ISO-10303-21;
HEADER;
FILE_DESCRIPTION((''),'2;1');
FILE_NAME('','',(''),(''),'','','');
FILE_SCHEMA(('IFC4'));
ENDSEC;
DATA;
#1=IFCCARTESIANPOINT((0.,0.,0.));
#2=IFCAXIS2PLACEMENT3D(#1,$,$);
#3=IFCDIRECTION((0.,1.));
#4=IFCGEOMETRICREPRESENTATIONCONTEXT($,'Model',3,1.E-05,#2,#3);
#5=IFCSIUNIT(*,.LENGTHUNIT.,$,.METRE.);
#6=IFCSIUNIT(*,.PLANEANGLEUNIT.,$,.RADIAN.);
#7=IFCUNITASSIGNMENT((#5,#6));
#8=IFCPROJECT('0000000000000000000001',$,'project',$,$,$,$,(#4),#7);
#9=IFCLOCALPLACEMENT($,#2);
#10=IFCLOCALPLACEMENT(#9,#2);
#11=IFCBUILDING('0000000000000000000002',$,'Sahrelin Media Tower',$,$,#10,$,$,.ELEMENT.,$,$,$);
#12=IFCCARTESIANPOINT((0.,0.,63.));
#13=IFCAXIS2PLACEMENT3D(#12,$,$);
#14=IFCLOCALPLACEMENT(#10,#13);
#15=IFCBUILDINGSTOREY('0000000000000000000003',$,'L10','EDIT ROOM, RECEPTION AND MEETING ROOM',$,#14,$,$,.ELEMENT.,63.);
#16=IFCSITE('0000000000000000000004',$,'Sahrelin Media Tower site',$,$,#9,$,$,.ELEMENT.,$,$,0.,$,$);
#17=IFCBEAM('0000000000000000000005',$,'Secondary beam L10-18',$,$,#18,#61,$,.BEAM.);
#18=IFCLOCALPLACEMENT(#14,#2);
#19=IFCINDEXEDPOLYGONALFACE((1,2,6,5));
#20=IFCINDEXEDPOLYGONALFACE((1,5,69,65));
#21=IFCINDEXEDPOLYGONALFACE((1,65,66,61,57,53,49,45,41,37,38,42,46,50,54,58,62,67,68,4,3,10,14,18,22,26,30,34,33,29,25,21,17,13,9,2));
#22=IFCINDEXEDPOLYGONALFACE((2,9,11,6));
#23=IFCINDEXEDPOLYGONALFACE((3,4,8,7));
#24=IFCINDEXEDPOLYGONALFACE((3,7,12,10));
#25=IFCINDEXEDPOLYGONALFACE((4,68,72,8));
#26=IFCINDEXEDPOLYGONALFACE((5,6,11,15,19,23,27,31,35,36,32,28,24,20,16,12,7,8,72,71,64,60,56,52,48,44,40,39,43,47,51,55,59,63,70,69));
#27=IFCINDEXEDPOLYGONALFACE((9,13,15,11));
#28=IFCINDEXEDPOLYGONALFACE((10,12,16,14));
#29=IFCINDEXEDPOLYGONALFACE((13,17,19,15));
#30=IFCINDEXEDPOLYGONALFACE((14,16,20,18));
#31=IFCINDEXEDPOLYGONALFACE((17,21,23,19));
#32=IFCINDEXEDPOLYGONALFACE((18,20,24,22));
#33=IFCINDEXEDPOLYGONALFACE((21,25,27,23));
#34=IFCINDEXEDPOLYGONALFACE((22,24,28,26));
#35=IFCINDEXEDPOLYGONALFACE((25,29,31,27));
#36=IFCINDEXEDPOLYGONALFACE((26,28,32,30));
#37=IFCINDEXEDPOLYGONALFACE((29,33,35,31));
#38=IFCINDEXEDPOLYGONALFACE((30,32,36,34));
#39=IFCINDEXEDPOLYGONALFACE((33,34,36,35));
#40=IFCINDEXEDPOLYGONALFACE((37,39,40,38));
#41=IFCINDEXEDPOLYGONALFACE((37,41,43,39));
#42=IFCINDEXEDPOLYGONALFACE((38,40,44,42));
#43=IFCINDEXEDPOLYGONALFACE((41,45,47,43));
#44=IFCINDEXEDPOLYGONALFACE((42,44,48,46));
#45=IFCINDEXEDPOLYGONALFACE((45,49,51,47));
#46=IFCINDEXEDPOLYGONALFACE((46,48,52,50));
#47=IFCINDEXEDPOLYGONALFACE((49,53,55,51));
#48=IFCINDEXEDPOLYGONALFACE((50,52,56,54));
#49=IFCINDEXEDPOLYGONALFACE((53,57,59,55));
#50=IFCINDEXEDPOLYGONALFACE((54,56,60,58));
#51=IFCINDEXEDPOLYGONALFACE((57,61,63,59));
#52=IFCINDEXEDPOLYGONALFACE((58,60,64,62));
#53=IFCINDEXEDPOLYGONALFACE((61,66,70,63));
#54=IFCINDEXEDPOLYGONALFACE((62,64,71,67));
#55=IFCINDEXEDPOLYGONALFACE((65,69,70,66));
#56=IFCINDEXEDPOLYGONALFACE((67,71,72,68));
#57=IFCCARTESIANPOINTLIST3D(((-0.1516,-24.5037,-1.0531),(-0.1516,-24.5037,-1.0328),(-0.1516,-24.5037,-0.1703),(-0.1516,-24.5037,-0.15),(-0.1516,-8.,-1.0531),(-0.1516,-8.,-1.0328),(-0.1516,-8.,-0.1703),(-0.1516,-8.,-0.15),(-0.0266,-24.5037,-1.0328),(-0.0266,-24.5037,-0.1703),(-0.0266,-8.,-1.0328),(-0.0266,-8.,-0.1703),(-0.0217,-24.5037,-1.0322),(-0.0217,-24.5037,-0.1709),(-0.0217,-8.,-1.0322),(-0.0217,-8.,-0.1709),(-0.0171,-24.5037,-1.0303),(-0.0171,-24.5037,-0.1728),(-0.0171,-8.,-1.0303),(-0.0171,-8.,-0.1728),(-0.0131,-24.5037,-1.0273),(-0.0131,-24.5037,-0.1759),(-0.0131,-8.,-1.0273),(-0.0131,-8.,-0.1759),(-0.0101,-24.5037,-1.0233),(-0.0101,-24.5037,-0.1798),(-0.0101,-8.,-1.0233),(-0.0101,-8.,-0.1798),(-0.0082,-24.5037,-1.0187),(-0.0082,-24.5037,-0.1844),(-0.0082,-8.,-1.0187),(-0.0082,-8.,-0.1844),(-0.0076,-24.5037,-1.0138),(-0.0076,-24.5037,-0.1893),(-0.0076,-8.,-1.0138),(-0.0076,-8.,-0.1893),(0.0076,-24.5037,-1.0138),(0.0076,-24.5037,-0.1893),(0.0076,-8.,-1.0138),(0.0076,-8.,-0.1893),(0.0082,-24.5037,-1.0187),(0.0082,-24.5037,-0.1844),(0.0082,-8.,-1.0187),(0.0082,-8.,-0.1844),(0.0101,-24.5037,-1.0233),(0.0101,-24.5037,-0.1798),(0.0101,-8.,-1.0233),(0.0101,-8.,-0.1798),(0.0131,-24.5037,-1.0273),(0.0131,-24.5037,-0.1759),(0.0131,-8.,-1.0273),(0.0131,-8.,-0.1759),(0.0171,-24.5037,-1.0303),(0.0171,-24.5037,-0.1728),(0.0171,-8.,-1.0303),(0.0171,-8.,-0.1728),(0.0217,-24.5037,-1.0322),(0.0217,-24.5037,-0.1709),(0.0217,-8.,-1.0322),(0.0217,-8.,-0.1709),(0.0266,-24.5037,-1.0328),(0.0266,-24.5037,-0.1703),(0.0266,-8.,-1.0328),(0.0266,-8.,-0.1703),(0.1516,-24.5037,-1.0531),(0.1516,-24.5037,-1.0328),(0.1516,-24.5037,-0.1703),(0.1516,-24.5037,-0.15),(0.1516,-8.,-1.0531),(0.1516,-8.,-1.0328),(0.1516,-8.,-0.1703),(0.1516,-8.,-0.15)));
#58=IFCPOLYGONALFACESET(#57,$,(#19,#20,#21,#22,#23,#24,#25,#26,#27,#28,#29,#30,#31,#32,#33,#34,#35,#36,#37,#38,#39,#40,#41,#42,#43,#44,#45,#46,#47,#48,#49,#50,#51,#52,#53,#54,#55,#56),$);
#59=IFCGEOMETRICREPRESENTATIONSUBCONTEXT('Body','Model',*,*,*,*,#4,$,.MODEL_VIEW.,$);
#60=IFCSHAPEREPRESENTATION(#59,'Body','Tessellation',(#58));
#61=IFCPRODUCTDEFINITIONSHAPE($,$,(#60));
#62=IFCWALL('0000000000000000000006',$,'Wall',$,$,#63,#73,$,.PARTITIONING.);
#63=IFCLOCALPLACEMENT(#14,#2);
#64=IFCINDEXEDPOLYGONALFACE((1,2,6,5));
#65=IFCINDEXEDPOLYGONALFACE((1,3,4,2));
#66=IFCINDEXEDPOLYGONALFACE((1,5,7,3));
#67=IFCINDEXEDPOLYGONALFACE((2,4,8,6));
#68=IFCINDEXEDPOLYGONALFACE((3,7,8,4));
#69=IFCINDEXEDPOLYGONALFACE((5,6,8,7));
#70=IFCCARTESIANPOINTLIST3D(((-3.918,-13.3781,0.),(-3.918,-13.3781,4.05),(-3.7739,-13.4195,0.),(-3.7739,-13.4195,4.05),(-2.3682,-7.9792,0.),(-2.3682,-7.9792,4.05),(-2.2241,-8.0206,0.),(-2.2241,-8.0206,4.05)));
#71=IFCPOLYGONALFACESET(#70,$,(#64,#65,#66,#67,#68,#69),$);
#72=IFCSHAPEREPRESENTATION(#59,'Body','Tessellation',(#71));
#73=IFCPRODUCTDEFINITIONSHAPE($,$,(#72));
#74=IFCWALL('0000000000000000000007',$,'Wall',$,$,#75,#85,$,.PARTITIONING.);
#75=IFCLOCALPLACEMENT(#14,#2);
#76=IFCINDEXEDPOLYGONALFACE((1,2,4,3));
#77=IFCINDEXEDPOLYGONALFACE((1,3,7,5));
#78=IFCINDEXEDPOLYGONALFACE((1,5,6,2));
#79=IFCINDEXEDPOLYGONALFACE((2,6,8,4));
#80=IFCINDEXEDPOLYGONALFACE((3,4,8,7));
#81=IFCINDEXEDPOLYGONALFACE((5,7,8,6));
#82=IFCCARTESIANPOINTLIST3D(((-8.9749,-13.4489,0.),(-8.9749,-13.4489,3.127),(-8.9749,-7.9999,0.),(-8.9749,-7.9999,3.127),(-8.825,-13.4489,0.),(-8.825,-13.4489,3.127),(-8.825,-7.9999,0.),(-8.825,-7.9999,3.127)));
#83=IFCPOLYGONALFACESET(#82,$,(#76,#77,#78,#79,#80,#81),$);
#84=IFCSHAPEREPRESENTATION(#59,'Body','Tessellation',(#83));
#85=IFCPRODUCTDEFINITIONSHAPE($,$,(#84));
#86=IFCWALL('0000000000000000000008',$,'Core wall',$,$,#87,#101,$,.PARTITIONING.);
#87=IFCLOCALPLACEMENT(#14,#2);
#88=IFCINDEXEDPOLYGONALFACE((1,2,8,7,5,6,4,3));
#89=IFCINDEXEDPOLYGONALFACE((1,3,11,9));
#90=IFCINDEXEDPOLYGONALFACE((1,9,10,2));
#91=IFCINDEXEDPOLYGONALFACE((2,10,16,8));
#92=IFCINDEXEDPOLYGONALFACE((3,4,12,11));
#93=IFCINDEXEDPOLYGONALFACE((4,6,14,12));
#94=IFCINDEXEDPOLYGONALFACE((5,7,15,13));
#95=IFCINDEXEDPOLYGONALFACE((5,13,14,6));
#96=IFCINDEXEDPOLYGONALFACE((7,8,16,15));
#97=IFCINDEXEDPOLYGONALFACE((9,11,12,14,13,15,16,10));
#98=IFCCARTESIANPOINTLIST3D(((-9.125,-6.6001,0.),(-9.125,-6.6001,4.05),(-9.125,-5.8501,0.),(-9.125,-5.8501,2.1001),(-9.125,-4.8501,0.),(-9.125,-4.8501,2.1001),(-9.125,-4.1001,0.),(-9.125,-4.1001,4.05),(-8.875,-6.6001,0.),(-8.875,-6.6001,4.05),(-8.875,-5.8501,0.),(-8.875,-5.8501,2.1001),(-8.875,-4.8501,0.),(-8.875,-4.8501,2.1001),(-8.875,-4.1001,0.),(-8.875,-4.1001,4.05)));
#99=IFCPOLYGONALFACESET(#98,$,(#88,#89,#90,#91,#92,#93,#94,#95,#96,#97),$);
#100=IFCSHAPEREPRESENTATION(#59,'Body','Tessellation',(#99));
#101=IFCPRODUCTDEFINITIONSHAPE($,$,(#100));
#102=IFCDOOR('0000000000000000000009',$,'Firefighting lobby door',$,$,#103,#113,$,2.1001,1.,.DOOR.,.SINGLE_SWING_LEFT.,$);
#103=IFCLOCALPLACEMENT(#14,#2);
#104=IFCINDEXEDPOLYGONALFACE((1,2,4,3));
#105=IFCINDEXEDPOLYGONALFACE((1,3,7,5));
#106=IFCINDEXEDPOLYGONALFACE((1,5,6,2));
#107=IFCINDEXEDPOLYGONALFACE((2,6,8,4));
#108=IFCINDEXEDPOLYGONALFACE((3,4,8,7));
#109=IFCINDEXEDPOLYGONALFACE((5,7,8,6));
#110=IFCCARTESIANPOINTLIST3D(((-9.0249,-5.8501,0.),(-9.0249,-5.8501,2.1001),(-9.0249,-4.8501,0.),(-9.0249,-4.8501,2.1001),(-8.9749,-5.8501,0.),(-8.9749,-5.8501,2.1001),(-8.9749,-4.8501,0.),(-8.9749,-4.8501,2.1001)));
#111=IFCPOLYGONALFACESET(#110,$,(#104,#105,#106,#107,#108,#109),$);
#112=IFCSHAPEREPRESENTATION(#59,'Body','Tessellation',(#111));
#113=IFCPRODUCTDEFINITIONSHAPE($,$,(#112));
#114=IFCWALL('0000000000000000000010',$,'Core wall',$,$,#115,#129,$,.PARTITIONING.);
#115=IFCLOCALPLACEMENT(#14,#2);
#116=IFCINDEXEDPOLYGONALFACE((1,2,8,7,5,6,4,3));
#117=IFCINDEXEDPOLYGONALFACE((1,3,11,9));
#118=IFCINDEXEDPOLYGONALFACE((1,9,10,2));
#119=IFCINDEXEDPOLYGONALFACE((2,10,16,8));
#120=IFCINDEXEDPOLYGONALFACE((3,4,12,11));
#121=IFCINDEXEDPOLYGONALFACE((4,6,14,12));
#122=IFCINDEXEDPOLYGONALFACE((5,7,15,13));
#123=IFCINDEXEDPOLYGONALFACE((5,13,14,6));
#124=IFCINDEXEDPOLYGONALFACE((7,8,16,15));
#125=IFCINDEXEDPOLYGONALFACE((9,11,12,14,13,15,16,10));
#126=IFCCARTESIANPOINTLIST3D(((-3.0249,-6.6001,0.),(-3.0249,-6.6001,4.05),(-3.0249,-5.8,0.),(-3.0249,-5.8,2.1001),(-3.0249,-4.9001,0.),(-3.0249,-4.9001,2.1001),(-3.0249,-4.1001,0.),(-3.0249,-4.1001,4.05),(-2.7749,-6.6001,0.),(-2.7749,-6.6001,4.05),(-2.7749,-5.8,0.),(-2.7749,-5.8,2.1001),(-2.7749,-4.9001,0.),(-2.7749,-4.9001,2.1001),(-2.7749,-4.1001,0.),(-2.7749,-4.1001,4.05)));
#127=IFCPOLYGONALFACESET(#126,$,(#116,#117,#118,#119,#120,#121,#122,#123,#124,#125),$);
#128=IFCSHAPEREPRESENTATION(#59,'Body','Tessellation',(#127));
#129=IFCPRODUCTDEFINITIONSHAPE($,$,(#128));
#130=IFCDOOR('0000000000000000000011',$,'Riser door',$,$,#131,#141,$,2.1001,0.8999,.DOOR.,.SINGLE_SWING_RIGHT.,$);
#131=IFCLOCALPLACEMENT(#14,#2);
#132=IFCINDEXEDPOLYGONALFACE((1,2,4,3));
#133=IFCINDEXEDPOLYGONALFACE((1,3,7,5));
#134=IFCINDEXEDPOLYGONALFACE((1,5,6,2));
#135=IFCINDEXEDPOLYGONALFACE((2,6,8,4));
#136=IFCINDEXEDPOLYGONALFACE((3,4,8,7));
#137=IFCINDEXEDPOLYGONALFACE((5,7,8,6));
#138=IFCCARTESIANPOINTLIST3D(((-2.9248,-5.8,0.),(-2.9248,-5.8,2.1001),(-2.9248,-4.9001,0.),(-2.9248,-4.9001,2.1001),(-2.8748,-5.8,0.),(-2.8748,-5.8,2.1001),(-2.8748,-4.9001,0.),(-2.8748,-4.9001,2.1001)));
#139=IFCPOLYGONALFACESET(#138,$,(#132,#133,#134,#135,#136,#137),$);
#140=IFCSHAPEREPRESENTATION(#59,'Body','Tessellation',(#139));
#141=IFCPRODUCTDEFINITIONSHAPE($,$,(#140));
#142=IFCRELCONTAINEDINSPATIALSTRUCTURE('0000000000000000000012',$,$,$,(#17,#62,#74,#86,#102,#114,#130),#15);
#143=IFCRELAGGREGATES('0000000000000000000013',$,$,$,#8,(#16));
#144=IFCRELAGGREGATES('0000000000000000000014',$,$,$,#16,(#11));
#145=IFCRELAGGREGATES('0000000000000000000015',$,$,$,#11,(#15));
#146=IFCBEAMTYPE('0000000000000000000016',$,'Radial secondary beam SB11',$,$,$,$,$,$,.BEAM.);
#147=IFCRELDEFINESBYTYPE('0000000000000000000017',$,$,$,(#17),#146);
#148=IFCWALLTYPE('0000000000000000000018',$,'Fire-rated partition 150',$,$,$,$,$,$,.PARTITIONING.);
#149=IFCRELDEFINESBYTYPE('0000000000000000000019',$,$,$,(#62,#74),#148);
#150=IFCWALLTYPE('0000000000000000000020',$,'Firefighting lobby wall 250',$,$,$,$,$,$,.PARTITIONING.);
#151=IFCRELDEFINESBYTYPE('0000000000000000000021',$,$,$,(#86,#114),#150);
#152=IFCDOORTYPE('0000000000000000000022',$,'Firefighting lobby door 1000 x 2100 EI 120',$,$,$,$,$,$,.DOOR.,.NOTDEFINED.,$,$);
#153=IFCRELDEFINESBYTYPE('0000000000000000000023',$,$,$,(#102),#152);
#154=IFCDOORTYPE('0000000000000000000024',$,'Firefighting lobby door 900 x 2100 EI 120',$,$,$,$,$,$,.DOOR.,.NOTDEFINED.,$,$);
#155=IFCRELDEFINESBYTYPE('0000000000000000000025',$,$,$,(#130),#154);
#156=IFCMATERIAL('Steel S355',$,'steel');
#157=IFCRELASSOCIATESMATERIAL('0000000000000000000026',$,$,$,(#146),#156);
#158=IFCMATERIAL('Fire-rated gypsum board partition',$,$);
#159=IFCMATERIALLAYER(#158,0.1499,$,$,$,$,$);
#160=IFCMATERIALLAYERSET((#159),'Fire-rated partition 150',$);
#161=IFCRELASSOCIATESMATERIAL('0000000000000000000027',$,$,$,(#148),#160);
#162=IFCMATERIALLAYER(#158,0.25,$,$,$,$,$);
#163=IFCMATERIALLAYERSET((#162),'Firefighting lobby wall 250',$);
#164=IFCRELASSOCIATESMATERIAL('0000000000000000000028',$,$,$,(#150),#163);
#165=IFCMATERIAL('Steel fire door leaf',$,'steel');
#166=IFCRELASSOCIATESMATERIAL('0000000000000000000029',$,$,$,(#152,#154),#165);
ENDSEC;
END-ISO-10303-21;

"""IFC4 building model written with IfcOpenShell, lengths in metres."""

from ifc_helpers import new_model, si_unit, direction, frame, frame_2d, origin, origin_2d, place, context, subcontext, project, spatial, rectangle, i_section, extrude, material, layer, layer_set, material_profile, profile_set, type_object, element, fill, save


model = new_model("IFC4")

# Units and contexts
model_context = context("Model", 3, precision=1e-05, world=origin(), true_north=direction((0.0, 1.0)))
body_context = subcontext(model_context, "Body", "Model", "MODEL_VIEW")
ifc_project = project(units=[si_unit("LENGTHUNIT", "METRE"), si_unit("PLANEANGLEUNIT", "RADIAN")], contexts=[model_context])

# Site, building, storey
site_placement = place(None, origin())
site = spatial("IfcSite", under=ifc_project, at=site_placement, Name="Sahrelin Media Tower site", CompositionType="ELEMENT", RefElevation=0.0)
building_placement = place(site_placement, origin())
building = spatial("IfcBuilding", under=site, at=building_placement, Name="Sahrelin Media Tower", CompositionType="ELEMENT")
storey_placement = place(building_placement, frame((0.0, 0.0, 63.0)))
storey = spatial("IfcBuildingStorey", under=building, at=storey_placement, Name="L10", Description="EDIT ROOM, RECEPTION AND MEETING ROOM", CompositionType="ELEMENT", Elevation=63.0)

# Beam
ifc_material_1 = material(Name="Steel S355", Category="steel")
ifc_material_profile_1 = material_profile(ifc_material_1, i_section(OverallWidth=0.3032, OverallDepth=0.9031, WebThickness=0.0151, FlangeThickness=0.0203, FilletRadius=0.019, at=origin_2d()), Name="UB 914x305x201")
ifc_profile_set_1 = profile_set([ifc_material_profile_1], Name="Steel S355")
beam_type_1 = type_object("IfcBeamType", Name="Radial secondary beam SB11", PredefinedType="BEAM", material=ifc_profile_set_1)
beam_1_placement = place(storey_placement, frame((0.0, -8.0, -0.6016), z_axis=(0.0, -1.0, 0.0), x_axis=(1.0, 0.0, 0.0)))
element("IfcBeam", 1, at=beam_1_placement, inside=storey, type_object=beam_type_1, Name="Secondary beam L10-18", PredefinedType="BEAM", context=body_context, shape_type="SweptSolid", body=[
    extrude(i_section(OverallWidth=0.3032, OverallDepth=0.9031, WebThickness=0.0151, FlangeThickness=0.0203, FilletRadius=0.019, at=origin_2d()), origin(), (0.0, 0.0, 1.0), 16.5037),
])

# Walls
ifc_material_2 = material(Name="Fire-rated gypsum board partition")
ifc_layer_1 = layer(ifc_material_2, 0.1499)
ifc_layer_set_1 = layer_set([ifc_layer_1], Name="Fire-rated partition 150")
wall_type_1 = type_object("IfcWallType", Name="Fire-rated partition 150", PredefinedType="PARTITIONING", material=ifc_layer_set_1)
wall_1_placement = place(storey_placement, frame((-3.8459, -13.3989, 0.0), z_axis=(0.0, 0.0, 1.0), x_axis=(0.275915, 0.961182, 0.0)))
element("IfcWall", 2, at=wall_1_placement, inside=storey, type_object=wall_type_1, Name="Wall", PredefinedType="PARTITIONING", context=body_context, shape_type="SweptSolid", body=[
    extrude(rectangle(XDim=5.6169, YDim=0.1499, at=frame_2d((2.8086, 0.0))), origin(), (0.0, 0.0, 1.0), 4.05),
])
wall_2_placement = place(storey_placement, frame((-8.8999, -13.449, 0.0), z_axis=(0.0, 0.0, 1.0), x_axis=(0.0, 1.0, 0.0)))
element("IfcWall", 3, at=wall_2_placement, inside=storey, type_object=wall_type_1, Name="Wall", PredefinedType="PARTITIONING", context=body_context, shape_type="SweptSolid", body=[
    extrude(rectangle(XDim=5.449, YDim=0.1499, at=frame_2d((2.7246, 0.0))), origin(), (0.0, 0.0, 1.0), 3.127),
])

# Walls, openings, doors
ifc_layer_2 = layer(ifc_material_2, 0.25)
ifc_layer_set_2 = layer_set([ifc_layer_2], Name="Firefighting lobby wall 250")
wall_type_2 = type_object("IfcWallType", Name="Firefighting lobby wall 250", PredefinedType="PARTITIONING", material=ifc_layer_set_2)
wall_3_placement = place(storey_placement, frame((-9.0, -6.6001, 0.0), z_axis=(0.0, 0.0, 1.0), x_axis=(0.0, 1.0, 0.0)))
wall_3 = element("IfcWall", 4, at=wall_3_placement, inside=storey, type_object=wall_type_2, Name="Core wall", PredefinedType="PARTITIONING", context=body_context, shape_type="SweptSolid", body=[
    extrude(rectangle(XDim=2.5, YDim=0.25, at=frame_2d((1.25, 0.0))), origin(), (0.0, 0.0, 1.0), 4.05),
])
opening_1_placement = place(wall_3_placement, frame((0.75, 0.0, 0.0)))
opening_1 = element("IfcOpeningElement", 5, at=opening_1_placement, cuts=wall_3, PredefinedType="OPENING", context=body_context, shape_type="SweptSolid", body=[
    extrude(rectangle(XDim=1.0, YDim=2.1001, at=frame_2d((0.5, 1.05))), frame((0.0, 0.125, 0.0), z_axis=(0.0, -1.0, 0.0), x_axis=(1.0, 0.0, 0.0)), (0.0, 0.0, 1.0), 0.25),
])
ifc_material_3 = material(Name="Steel fire door leaf", Category="steel")
door_type_1 = type_object("IfcDoorType", Name="Firefighting lobby door 1000 x 2100 EI 120", OperationType="NOTDEFINED", PredefinedType="DOOR", material=ifc_material_3)
door_1_placement = place(opening_1_placement, origin())
door_1 = element("IfcDoor", 6, at=door_1_placement, inside=storey, type_object=door_type_1, Name="Firefighting lobby door", OperationType="SINGLE_SWING_LEFT", OverallHeight=2.1001, OverallWidth=1.0, PredefinedType="DOOR", context=body_context, shape_type="SweptSolid", body=[
    extrude(rectangle(XDim=1.0, YDim=2.1001, at=frame_2d((0.5, 1.05))), frame((0.0, 0.0249, 0.0), z_axis=(0.0, -1.0, 0.0), x_axis=(1.0, 0.0, 0.0)), (0.0, 0.0, 1.0), 0.05),
])
fill(opening_1, door_1)
wall_4_placement = place(storey_placement, frame((-2.8999, -6.6001, 0.0), z_axis=(0.0, 0.0, 1.0), x_axis=(0.0, 1.0, 0.0)))
wall_4 = element("IfcWall", 7, at=wall_4_placement, inside=storey, type_object=wall_type_2, Name="Core wall", PredefinedType="PARTITIONING", context=body_context, shape_type="SweptSolid", body=[
    extrude(rectangle(XDim=2.5, YDim=0.25, at=frame_2d((1.25, 0.0))), origin(), (0.0, 0.0, 1.0), 4.05),
])
opening_2_placement = place(wall_4_placement, frame((0.8, 0.0, 0.0)))
opening_2 = element("IfcOpeningElement", 8, at=opening_2_placement, cuts=wall_4, PredefinedType="OPENING", context=body_context, shape_type="SweptSolid", body=[
    extrude(rectangle(XDim=0.8999, YDim=2.1001, at=frame_2d((0.45, 1.05))), frame((0.0, 0.125, 0.0), z_axis=(0.0, -1.0, 0.0), x_axis=(1.0, 0.0, 0.0)), (0.0, 0.0, 1.0), 0.25),
])
door_type_2 = type_object("IfcDoorType", Name="Firefighting lobby door 900 x 2100 EI 120", OperationType="NOTDEFINED", PredefinedType="DOOR", material=ifc_material_3)
door_2_placement = place(opening_2_placement, origin())
door_2 = element("IfcDoor", 9, at=door_2_placement, inside=storey, type_object=door_type_2, Name="Riser door", OperationType="SINGLE_SWING_RIGHT", OverallHeight=2.1001, OverallWidth=0.8999, PredefinedType="DOOR", context=body_context, shape_type="SweptSolid", body=[
    extrude(rectangle(XDim=0.8999, YDim=2.1001, at=frame_2d((0.45, 1.05))), frame((0.0, 0.0249, 0.0), z_axis=(0.0, -1.0, 0.0), x_axis=(1.0, 0.0, 0.0)), (0.0, 0.0, 1.0), 0.05),
])
fill(opening_2, door_2)

save(model, "model.ifc")
